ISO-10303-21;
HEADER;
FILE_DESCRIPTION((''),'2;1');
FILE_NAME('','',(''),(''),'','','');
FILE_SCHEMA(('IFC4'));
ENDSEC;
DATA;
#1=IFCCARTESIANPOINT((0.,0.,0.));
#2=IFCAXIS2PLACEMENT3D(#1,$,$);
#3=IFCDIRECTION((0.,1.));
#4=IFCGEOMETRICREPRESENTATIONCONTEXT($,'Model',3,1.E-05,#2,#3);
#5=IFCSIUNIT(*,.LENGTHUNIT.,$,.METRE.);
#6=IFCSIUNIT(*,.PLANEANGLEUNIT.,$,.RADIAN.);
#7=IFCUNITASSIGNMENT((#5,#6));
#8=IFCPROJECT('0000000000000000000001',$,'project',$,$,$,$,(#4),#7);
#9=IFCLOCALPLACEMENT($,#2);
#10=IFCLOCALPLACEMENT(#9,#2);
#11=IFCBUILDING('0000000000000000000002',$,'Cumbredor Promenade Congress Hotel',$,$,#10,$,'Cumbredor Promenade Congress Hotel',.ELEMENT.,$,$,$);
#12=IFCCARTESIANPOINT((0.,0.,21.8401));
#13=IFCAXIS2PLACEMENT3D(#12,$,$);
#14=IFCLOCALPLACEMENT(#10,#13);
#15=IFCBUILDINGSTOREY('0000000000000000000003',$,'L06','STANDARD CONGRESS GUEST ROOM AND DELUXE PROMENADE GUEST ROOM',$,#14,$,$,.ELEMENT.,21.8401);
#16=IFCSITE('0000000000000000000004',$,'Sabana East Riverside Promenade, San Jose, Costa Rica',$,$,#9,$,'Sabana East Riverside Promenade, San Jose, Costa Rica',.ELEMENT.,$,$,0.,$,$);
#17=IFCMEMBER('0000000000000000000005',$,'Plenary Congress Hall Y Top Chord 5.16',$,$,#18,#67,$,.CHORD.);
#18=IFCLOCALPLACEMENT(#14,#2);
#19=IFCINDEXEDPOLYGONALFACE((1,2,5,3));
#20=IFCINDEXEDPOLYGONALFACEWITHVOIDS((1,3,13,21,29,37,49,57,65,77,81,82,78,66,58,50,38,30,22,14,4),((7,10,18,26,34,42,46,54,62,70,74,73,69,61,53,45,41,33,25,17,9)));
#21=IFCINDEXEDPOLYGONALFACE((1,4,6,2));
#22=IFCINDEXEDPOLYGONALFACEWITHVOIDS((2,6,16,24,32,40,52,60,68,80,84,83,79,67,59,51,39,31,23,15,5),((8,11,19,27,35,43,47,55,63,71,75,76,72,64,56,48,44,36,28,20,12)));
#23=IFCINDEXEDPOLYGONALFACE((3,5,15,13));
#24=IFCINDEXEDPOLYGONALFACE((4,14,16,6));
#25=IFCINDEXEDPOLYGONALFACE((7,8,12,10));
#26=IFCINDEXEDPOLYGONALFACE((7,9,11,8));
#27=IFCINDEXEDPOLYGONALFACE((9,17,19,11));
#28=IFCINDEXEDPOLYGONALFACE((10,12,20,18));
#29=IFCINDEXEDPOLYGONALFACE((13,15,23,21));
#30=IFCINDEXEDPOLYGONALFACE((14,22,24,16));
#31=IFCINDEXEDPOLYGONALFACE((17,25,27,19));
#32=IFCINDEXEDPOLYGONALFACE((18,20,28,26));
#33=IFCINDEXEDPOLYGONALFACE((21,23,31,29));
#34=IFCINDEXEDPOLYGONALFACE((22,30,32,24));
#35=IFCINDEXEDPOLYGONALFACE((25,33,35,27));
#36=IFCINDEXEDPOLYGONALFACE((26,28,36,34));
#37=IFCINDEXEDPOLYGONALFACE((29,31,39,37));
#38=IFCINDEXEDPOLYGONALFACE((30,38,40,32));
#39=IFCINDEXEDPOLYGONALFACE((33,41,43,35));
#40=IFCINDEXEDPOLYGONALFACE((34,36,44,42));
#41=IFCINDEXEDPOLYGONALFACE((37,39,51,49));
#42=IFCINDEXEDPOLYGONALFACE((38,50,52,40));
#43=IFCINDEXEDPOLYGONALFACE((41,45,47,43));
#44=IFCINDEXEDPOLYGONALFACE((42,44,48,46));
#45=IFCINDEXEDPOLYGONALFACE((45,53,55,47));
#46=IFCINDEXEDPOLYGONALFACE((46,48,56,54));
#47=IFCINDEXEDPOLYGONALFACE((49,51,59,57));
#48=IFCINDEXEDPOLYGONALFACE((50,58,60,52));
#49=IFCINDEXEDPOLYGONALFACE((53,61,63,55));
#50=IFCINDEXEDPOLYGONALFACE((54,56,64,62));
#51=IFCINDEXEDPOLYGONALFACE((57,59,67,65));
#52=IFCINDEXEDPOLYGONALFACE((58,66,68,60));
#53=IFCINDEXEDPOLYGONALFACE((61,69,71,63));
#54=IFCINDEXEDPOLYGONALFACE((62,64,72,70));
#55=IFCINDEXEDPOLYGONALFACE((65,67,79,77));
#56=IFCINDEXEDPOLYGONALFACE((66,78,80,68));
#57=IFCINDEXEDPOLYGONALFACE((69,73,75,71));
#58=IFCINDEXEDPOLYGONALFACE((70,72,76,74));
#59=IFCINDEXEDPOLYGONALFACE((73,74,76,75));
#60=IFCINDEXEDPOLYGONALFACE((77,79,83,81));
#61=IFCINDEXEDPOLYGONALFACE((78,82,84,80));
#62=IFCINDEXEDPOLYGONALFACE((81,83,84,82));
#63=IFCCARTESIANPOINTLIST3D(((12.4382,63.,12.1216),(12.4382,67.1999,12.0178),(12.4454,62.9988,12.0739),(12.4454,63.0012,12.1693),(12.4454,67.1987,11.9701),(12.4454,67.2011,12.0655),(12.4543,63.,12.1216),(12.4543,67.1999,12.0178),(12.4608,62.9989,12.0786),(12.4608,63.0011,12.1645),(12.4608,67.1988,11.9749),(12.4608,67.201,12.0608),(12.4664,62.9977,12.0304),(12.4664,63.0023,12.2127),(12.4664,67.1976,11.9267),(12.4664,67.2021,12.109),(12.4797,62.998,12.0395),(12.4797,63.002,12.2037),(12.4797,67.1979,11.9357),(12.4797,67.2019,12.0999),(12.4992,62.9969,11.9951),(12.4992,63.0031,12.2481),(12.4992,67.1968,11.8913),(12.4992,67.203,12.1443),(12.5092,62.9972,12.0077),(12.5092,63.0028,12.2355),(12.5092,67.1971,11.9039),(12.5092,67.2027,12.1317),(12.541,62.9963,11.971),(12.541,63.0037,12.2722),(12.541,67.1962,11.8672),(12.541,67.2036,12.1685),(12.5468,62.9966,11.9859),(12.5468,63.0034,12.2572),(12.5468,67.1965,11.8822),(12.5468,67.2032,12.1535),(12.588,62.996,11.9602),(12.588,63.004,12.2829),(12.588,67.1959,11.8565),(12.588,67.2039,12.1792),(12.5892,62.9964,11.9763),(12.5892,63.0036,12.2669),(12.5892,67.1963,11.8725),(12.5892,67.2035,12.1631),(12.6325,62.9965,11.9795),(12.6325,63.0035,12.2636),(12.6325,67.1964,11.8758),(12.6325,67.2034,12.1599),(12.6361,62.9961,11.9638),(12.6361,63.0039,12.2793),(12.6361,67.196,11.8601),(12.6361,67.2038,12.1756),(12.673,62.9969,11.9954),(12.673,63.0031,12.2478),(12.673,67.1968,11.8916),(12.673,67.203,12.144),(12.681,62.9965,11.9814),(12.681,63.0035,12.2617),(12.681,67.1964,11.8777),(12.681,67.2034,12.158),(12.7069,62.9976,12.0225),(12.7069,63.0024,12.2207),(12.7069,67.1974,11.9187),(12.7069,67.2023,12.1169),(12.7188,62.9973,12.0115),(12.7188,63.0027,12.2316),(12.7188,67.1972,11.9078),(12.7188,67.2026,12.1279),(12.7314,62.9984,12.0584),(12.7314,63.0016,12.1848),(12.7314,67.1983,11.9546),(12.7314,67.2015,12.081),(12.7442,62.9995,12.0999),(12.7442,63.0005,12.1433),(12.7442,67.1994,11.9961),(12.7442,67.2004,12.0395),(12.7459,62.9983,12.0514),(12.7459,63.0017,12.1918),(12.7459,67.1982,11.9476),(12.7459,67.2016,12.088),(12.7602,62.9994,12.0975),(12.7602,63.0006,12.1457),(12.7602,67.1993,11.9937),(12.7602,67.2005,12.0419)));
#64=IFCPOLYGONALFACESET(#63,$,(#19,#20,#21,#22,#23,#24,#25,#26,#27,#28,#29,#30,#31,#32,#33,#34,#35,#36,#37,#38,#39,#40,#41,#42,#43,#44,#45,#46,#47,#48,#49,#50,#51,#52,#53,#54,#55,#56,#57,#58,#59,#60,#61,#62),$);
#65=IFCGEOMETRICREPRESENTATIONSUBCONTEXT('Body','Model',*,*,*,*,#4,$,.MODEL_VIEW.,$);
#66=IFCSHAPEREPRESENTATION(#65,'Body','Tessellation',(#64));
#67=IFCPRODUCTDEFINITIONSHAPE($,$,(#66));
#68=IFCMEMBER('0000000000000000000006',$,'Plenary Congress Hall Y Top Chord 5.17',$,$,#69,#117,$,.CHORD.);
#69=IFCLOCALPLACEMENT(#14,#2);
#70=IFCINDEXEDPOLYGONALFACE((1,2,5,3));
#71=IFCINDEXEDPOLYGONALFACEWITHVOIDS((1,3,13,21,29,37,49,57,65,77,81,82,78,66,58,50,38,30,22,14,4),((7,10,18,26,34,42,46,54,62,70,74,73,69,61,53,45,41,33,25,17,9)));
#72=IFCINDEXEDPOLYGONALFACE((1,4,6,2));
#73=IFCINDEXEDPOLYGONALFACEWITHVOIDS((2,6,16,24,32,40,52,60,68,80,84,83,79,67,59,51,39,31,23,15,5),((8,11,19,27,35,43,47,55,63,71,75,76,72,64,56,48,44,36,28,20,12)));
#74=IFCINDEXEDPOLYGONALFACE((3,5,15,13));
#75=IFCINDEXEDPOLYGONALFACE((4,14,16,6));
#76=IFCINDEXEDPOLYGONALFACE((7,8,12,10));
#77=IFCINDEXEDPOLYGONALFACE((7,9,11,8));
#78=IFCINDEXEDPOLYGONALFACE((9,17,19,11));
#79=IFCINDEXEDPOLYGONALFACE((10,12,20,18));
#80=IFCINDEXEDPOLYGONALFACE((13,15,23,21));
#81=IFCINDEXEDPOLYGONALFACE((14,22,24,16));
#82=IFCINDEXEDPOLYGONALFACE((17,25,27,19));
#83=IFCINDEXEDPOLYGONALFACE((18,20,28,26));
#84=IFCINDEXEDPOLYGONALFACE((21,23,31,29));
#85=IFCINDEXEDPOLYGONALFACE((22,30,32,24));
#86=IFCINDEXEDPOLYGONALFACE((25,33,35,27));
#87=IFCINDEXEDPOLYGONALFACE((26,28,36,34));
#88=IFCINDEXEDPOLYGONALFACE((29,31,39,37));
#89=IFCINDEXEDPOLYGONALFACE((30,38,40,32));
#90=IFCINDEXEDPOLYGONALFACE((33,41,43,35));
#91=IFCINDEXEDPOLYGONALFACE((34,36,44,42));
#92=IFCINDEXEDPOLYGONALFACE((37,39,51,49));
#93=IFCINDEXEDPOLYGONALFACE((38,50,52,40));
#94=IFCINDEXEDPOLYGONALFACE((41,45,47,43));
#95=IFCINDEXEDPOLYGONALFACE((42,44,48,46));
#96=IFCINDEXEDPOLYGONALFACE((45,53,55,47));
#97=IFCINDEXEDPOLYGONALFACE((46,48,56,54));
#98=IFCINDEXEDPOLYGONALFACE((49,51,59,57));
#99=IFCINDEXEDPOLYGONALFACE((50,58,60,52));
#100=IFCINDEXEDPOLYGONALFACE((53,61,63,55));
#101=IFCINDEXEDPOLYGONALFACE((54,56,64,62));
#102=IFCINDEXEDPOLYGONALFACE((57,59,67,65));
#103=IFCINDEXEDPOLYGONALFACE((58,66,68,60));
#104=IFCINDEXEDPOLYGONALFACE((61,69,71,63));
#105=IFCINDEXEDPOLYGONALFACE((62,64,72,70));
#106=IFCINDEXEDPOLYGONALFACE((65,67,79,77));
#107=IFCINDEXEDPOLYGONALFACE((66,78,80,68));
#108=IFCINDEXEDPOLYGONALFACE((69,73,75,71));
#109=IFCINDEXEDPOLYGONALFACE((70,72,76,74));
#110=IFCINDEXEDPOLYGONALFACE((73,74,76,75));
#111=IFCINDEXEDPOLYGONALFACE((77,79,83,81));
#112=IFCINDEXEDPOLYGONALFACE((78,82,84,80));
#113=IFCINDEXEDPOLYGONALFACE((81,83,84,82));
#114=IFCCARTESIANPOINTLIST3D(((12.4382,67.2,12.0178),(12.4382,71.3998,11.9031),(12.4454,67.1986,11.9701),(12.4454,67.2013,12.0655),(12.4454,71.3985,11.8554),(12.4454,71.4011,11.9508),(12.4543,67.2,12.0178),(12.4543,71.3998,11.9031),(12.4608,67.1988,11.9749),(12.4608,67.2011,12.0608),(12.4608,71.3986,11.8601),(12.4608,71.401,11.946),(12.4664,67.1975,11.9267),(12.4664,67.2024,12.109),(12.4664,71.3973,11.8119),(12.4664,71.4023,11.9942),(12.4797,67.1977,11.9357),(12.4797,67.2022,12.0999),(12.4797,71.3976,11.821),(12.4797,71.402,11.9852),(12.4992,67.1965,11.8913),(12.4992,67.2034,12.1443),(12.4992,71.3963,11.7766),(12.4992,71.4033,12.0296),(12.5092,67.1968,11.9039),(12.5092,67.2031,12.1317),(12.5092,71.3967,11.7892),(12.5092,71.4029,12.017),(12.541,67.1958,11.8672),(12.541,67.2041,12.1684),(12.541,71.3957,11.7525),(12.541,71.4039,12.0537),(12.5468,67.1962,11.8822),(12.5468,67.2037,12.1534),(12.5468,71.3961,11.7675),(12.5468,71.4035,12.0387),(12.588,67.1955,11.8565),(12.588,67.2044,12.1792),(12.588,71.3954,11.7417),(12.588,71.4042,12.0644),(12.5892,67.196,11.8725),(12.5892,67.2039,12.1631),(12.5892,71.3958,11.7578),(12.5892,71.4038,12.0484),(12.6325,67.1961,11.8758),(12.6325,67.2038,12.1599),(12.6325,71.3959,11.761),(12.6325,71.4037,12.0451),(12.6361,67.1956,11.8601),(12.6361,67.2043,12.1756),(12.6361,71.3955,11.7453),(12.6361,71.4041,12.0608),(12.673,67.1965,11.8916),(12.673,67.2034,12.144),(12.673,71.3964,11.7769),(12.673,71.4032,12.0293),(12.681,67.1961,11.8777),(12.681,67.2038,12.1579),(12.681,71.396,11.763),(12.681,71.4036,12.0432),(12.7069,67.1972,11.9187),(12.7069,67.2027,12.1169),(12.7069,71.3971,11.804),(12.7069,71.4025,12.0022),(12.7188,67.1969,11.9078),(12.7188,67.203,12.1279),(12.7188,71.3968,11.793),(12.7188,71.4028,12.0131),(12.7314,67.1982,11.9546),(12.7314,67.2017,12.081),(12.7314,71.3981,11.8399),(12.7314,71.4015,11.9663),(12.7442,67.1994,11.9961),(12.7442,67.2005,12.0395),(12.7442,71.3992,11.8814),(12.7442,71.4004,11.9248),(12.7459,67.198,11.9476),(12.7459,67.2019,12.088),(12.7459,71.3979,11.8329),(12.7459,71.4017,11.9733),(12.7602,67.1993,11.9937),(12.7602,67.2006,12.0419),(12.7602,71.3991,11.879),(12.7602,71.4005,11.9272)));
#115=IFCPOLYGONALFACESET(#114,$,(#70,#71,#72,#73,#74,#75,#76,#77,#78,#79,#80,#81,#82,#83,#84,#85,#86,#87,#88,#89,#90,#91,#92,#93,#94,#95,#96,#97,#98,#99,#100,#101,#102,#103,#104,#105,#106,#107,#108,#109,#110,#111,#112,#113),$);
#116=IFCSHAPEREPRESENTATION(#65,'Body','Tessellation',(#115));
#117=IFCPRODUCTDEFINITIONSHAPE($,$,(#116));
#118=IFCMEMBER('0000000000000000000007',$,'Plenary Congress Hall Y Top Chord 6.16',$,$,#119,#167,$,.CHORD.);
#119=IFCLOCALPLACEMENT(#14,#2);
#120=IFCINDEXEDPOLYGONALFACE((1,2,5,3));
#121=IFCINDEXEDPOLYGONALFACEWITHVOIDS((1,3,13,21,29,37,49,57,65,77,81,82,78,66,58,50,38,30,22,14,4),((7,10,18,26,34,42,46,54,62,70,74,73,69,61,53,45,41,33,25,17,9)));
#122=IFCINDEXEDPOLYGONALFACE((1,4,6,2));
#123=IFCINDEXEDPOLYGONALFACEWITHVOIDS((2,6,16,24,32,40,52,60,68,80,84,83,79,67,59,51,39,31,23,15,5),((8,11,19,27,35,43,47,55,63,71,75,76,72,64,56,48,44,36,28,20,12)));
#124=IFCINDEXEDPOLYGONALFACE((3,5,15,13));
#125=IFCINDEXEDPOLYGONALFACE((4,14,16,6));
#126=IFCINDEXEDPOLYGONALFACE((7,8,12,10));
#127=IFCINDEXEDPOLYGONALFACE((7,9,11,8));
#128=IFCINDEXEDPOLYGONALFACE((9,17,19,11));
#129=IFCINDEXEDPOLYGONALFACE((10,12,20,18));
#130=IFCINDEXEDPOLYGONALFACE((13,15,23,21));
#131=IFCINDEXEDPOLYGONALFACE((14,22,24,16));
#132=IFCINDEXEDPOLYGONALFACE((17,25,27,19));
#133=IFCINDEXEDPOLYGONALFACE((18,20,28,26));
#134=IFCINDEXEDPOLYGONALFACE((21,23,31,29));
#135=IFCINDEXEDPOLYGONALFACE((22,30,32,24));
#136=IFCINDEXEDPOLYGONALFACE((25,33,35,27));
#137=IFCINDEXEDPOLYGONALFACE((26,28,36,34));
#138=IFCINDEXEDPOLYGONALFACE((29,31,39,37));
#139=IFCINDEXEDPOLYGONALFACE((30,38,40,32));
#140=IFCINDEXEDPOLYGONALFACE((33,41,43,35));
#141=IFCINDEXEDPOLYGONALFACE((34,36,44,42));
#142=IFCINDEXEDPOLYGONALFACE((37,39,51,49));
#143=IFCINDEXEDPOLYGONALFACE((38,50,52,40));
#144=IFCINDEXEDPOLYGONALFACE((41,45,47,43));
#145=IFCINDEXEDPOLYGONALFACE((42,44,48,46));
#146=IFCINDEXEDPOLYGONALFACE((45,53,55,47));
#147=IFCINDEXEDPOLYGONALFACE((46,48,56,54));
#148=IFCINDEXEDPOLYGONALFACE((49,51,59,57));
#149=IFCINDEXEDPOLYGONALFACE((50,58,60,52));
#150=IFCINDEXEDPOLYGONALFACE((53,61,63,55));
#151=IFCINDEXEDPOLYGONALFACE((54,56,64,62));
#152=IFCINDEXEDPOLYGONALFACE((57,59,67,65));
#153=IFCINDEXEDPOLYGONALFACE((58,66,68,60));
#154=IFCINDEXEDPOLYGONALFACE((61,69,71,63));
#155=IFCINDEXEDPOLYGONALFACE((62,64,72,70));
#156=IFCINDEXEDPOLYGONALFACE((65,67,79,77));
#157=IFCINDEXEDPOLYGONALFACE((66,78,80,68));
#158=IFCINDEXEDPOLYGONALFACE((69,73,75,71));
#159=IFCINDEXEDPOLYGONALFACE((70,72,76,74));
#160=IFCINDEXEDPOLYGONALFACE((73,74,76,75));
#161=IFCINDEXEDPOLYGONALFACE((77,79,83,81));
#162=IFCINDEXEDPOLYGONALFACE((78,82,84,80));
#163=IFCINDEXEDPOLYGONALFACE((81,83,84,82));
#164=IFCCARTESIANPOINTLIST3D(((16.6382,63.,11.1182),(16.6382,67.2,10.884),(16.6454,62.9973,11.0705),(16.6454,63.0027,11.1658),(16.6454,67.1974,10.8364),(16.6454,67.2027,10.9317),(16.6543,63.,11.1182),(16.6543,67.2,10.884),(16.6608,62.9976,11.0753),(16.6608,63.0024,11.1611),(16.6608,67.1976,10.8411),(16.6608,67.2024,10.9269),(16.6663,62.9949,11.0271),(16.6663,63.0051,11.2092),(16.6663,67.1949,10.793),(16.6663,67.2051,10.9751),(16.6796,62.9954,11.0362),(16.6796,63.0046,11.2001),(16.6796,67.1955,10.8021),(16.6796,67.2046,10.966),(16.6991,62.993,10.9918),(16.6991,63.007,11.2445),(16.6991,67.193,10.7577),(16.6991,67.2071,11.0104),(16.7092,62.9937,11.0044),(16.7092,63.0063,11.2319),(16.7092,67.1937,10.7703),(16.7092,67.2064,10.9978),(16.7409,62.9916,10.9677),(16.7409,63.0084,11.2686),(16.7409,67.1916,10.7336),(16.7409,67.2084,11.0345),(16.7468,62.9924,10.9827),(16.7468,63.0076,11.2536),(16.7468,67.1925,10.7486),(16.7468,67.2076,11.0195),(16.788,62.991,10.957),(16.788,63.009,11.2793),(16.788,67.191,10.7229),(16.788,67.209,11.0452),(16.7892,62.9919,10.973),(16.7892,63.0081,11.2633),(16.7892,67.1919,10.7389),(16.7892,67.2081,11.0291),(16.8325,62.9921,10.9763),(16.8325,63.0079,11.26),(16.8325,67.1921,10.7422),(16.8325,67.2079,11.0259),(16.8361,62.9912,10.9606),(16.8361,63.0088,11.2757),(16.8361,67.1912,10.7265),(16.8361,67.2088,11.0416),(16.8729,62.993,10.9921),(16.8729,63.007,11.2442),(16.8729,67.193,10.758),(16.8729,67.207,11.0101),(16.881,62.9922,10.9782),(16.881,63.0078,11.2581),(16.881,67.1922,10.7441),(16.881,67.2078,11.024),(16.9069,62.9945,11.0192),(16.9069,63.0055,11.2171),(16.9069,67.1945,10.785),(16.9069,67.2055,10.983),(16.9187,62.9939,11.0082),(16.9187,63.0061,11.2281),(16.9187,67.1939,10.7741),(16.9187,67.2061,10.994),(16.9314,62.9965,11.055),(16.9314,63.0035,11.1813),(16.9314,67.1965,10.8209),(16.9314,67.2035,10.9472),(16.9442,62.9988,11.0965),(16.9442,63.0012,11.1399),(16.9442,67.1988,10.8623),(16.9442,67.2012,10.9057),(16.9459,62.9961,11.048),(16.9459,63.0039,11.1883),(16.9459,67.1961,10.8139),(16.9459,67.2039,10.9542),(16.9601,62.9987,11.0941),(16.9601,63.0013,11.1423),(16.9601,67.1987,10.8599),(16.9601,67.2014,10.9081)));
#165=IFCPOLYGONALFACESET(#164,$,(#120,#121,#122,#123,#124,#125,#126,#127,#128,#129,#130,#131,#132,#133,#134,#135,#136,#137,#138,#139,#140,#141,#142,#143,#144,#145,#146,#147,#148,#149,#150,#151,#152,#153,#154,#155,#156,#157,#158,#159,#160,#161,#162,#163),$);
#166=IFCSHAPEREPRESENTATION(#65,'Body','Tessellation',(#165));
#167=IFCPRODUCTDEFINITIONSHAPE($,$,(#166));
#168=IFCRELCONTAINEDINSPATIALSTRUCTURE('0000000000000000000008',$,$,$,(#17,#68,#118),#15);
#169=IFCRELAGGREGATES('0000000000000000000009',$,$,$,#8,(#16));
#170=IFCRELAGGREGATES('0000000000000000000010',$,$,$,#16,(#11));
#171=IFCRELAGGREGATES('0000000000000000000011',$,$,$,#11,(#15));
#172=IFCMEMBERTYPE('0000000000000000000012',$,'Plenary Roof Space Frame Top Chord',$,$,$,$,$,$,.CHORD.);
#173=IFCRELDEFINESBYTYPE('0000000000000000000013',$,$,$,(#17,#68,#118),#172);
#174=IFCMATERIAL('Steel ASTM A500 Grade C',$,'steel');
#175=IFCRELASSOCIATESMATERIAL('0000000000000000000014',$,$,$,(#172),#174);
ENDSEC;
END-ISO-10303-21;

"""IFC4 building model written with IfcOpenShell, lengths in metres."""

from ifc_helpers import new_model, si_unit, direction, frame, origin, origin_2d, place, context, subcontext, project, spatial, hollow_circle, extrude, material, material_profile, profile_set, type_object, element, save


model = new_model("IFC4")

# Units and contexts
model_context = context("Model", 3, precision=1e-05, world=origin(), true_north=direction((0.0, 1.0)))
body_context = subcontext(model_context, "Body", "Model", "MODEL_VIEW")
ifc_project = project(units=[si_unit("LENGTHUNIT", "METRE"), si_unit("PLANEANGLEUNIT", "RADIAN")], contexts=[model_context])

# Site, building, storey
site_placement = place(None, origin())
site = spatial("IfcSite", under=ifc_project, at=site_placement, Name="Sabana East Riverside Promenade, San Jose, Costa Rica", LongName="Sabana East Riverside Promenade, San Jose, Costa Rica", CompositionType="ELEMENT", RefElevation=0.0)
building_placement = place(site_placement, origin())
building = spatial("IfcBuilding", under=site, at=building_placement, Name="Cumbredor Promenade Congress Hotel", LongName="Cumbredor Promenade Congress Hotel", CompositionType="ELEMENT")
storey_placement = place(building_placement, frame((0.0, 0.0, 21.8401)))
storey = spatial("IfcBuildingStorey", under=building, at=storey_placement, Name="L06", Description="STANDARD CONGRESS GUEST ROOM AND DELUXE PROMENADE GUEST ROOM", CompositionType="ELEMENT", Elevation=21.8401)

# Members
ifc_material_1 = material(Name="Steel ASTM A500 Grade C", Category="steel")
ifc_material_profile_1 = material_profile(ifc_material_1, hollow_circle(Radius=0.1619, WallThickness=0.0161, at=origin_2d()), Name="CHS 323.9x16")
ifc_profile_set_1 = profile_set([ifc_material_profile_1], Name="Steel ASTM A500 Grade C")
member_type_1 = type_object("IfcMemberType", Name="Plenary Roof Space Frame Top Chord", PredefinedType="CHORD", material=ifc_profile_set_1)
member_1_placement = place(storey_placement, frame((12.6001, 63.0, 12.1216), z_axis=(0.0, 0.999695, -0.024697), x_axis=(-1.0, 0.0, 0.0)))
element("IfcMember", 1, at=member_1_placement, inside=storey, type_object=member_type_1, Name="Plenary Congress Hall Y Top Chord 5.16", PredefinedType="CHORD", context=body_context, shape_type="SweptSolid", body=[
    extrude(hollow_circle(Radius=0.1619, WallThickness=0.0161, at=origin_2d()), origin(), (0.0, 0.0, 1.0), 4.2012),
])
member_2_placement = place(storey_placement, frame((12.6001, 67.2, 12.0178), z_axis=(0.0, 0.999627, -0.027311), x_axis=(-1.0, 0.0, 0.0)))
element("IfcMember", 2, at=member_2_placement, inside=storey, type_object=member_type_1, Name="Plenary Congress Hall Y Top Chord 5.17", PredefinedType="CHORD", context=body_context, shape_type="SweptSolid", body=[
    extrude(hollow_circle(Radius=0.1619, WallThickness=0.0161, at=origin_2d()), origin(), (0.0, 0.0, 1.0), 4.2014),
])
member_3_placement = place(storey_placement, frame((16.8, 63.0, 11.1182), z_axis=(0.0, 0.99845, -0.05566), x_axis=(-1.0, 0.0, 0.0)))
element("IfcMember", 3, at=member_3_placement, inside=storey, type_object=member_type_1, Name="Plenary Congress Hall Y Top Chord 6.16", PredefinedType="CHORD", context=body_context, shape_type="SweptSolid", body=[
    extrude(hollow_circle(Radius=0.1619, WallThickness=0.0161, at=origin_2d()), origin(), (0.0, 0.0, 1.0), 4.2065),
])

save(model, "model.ifc")
